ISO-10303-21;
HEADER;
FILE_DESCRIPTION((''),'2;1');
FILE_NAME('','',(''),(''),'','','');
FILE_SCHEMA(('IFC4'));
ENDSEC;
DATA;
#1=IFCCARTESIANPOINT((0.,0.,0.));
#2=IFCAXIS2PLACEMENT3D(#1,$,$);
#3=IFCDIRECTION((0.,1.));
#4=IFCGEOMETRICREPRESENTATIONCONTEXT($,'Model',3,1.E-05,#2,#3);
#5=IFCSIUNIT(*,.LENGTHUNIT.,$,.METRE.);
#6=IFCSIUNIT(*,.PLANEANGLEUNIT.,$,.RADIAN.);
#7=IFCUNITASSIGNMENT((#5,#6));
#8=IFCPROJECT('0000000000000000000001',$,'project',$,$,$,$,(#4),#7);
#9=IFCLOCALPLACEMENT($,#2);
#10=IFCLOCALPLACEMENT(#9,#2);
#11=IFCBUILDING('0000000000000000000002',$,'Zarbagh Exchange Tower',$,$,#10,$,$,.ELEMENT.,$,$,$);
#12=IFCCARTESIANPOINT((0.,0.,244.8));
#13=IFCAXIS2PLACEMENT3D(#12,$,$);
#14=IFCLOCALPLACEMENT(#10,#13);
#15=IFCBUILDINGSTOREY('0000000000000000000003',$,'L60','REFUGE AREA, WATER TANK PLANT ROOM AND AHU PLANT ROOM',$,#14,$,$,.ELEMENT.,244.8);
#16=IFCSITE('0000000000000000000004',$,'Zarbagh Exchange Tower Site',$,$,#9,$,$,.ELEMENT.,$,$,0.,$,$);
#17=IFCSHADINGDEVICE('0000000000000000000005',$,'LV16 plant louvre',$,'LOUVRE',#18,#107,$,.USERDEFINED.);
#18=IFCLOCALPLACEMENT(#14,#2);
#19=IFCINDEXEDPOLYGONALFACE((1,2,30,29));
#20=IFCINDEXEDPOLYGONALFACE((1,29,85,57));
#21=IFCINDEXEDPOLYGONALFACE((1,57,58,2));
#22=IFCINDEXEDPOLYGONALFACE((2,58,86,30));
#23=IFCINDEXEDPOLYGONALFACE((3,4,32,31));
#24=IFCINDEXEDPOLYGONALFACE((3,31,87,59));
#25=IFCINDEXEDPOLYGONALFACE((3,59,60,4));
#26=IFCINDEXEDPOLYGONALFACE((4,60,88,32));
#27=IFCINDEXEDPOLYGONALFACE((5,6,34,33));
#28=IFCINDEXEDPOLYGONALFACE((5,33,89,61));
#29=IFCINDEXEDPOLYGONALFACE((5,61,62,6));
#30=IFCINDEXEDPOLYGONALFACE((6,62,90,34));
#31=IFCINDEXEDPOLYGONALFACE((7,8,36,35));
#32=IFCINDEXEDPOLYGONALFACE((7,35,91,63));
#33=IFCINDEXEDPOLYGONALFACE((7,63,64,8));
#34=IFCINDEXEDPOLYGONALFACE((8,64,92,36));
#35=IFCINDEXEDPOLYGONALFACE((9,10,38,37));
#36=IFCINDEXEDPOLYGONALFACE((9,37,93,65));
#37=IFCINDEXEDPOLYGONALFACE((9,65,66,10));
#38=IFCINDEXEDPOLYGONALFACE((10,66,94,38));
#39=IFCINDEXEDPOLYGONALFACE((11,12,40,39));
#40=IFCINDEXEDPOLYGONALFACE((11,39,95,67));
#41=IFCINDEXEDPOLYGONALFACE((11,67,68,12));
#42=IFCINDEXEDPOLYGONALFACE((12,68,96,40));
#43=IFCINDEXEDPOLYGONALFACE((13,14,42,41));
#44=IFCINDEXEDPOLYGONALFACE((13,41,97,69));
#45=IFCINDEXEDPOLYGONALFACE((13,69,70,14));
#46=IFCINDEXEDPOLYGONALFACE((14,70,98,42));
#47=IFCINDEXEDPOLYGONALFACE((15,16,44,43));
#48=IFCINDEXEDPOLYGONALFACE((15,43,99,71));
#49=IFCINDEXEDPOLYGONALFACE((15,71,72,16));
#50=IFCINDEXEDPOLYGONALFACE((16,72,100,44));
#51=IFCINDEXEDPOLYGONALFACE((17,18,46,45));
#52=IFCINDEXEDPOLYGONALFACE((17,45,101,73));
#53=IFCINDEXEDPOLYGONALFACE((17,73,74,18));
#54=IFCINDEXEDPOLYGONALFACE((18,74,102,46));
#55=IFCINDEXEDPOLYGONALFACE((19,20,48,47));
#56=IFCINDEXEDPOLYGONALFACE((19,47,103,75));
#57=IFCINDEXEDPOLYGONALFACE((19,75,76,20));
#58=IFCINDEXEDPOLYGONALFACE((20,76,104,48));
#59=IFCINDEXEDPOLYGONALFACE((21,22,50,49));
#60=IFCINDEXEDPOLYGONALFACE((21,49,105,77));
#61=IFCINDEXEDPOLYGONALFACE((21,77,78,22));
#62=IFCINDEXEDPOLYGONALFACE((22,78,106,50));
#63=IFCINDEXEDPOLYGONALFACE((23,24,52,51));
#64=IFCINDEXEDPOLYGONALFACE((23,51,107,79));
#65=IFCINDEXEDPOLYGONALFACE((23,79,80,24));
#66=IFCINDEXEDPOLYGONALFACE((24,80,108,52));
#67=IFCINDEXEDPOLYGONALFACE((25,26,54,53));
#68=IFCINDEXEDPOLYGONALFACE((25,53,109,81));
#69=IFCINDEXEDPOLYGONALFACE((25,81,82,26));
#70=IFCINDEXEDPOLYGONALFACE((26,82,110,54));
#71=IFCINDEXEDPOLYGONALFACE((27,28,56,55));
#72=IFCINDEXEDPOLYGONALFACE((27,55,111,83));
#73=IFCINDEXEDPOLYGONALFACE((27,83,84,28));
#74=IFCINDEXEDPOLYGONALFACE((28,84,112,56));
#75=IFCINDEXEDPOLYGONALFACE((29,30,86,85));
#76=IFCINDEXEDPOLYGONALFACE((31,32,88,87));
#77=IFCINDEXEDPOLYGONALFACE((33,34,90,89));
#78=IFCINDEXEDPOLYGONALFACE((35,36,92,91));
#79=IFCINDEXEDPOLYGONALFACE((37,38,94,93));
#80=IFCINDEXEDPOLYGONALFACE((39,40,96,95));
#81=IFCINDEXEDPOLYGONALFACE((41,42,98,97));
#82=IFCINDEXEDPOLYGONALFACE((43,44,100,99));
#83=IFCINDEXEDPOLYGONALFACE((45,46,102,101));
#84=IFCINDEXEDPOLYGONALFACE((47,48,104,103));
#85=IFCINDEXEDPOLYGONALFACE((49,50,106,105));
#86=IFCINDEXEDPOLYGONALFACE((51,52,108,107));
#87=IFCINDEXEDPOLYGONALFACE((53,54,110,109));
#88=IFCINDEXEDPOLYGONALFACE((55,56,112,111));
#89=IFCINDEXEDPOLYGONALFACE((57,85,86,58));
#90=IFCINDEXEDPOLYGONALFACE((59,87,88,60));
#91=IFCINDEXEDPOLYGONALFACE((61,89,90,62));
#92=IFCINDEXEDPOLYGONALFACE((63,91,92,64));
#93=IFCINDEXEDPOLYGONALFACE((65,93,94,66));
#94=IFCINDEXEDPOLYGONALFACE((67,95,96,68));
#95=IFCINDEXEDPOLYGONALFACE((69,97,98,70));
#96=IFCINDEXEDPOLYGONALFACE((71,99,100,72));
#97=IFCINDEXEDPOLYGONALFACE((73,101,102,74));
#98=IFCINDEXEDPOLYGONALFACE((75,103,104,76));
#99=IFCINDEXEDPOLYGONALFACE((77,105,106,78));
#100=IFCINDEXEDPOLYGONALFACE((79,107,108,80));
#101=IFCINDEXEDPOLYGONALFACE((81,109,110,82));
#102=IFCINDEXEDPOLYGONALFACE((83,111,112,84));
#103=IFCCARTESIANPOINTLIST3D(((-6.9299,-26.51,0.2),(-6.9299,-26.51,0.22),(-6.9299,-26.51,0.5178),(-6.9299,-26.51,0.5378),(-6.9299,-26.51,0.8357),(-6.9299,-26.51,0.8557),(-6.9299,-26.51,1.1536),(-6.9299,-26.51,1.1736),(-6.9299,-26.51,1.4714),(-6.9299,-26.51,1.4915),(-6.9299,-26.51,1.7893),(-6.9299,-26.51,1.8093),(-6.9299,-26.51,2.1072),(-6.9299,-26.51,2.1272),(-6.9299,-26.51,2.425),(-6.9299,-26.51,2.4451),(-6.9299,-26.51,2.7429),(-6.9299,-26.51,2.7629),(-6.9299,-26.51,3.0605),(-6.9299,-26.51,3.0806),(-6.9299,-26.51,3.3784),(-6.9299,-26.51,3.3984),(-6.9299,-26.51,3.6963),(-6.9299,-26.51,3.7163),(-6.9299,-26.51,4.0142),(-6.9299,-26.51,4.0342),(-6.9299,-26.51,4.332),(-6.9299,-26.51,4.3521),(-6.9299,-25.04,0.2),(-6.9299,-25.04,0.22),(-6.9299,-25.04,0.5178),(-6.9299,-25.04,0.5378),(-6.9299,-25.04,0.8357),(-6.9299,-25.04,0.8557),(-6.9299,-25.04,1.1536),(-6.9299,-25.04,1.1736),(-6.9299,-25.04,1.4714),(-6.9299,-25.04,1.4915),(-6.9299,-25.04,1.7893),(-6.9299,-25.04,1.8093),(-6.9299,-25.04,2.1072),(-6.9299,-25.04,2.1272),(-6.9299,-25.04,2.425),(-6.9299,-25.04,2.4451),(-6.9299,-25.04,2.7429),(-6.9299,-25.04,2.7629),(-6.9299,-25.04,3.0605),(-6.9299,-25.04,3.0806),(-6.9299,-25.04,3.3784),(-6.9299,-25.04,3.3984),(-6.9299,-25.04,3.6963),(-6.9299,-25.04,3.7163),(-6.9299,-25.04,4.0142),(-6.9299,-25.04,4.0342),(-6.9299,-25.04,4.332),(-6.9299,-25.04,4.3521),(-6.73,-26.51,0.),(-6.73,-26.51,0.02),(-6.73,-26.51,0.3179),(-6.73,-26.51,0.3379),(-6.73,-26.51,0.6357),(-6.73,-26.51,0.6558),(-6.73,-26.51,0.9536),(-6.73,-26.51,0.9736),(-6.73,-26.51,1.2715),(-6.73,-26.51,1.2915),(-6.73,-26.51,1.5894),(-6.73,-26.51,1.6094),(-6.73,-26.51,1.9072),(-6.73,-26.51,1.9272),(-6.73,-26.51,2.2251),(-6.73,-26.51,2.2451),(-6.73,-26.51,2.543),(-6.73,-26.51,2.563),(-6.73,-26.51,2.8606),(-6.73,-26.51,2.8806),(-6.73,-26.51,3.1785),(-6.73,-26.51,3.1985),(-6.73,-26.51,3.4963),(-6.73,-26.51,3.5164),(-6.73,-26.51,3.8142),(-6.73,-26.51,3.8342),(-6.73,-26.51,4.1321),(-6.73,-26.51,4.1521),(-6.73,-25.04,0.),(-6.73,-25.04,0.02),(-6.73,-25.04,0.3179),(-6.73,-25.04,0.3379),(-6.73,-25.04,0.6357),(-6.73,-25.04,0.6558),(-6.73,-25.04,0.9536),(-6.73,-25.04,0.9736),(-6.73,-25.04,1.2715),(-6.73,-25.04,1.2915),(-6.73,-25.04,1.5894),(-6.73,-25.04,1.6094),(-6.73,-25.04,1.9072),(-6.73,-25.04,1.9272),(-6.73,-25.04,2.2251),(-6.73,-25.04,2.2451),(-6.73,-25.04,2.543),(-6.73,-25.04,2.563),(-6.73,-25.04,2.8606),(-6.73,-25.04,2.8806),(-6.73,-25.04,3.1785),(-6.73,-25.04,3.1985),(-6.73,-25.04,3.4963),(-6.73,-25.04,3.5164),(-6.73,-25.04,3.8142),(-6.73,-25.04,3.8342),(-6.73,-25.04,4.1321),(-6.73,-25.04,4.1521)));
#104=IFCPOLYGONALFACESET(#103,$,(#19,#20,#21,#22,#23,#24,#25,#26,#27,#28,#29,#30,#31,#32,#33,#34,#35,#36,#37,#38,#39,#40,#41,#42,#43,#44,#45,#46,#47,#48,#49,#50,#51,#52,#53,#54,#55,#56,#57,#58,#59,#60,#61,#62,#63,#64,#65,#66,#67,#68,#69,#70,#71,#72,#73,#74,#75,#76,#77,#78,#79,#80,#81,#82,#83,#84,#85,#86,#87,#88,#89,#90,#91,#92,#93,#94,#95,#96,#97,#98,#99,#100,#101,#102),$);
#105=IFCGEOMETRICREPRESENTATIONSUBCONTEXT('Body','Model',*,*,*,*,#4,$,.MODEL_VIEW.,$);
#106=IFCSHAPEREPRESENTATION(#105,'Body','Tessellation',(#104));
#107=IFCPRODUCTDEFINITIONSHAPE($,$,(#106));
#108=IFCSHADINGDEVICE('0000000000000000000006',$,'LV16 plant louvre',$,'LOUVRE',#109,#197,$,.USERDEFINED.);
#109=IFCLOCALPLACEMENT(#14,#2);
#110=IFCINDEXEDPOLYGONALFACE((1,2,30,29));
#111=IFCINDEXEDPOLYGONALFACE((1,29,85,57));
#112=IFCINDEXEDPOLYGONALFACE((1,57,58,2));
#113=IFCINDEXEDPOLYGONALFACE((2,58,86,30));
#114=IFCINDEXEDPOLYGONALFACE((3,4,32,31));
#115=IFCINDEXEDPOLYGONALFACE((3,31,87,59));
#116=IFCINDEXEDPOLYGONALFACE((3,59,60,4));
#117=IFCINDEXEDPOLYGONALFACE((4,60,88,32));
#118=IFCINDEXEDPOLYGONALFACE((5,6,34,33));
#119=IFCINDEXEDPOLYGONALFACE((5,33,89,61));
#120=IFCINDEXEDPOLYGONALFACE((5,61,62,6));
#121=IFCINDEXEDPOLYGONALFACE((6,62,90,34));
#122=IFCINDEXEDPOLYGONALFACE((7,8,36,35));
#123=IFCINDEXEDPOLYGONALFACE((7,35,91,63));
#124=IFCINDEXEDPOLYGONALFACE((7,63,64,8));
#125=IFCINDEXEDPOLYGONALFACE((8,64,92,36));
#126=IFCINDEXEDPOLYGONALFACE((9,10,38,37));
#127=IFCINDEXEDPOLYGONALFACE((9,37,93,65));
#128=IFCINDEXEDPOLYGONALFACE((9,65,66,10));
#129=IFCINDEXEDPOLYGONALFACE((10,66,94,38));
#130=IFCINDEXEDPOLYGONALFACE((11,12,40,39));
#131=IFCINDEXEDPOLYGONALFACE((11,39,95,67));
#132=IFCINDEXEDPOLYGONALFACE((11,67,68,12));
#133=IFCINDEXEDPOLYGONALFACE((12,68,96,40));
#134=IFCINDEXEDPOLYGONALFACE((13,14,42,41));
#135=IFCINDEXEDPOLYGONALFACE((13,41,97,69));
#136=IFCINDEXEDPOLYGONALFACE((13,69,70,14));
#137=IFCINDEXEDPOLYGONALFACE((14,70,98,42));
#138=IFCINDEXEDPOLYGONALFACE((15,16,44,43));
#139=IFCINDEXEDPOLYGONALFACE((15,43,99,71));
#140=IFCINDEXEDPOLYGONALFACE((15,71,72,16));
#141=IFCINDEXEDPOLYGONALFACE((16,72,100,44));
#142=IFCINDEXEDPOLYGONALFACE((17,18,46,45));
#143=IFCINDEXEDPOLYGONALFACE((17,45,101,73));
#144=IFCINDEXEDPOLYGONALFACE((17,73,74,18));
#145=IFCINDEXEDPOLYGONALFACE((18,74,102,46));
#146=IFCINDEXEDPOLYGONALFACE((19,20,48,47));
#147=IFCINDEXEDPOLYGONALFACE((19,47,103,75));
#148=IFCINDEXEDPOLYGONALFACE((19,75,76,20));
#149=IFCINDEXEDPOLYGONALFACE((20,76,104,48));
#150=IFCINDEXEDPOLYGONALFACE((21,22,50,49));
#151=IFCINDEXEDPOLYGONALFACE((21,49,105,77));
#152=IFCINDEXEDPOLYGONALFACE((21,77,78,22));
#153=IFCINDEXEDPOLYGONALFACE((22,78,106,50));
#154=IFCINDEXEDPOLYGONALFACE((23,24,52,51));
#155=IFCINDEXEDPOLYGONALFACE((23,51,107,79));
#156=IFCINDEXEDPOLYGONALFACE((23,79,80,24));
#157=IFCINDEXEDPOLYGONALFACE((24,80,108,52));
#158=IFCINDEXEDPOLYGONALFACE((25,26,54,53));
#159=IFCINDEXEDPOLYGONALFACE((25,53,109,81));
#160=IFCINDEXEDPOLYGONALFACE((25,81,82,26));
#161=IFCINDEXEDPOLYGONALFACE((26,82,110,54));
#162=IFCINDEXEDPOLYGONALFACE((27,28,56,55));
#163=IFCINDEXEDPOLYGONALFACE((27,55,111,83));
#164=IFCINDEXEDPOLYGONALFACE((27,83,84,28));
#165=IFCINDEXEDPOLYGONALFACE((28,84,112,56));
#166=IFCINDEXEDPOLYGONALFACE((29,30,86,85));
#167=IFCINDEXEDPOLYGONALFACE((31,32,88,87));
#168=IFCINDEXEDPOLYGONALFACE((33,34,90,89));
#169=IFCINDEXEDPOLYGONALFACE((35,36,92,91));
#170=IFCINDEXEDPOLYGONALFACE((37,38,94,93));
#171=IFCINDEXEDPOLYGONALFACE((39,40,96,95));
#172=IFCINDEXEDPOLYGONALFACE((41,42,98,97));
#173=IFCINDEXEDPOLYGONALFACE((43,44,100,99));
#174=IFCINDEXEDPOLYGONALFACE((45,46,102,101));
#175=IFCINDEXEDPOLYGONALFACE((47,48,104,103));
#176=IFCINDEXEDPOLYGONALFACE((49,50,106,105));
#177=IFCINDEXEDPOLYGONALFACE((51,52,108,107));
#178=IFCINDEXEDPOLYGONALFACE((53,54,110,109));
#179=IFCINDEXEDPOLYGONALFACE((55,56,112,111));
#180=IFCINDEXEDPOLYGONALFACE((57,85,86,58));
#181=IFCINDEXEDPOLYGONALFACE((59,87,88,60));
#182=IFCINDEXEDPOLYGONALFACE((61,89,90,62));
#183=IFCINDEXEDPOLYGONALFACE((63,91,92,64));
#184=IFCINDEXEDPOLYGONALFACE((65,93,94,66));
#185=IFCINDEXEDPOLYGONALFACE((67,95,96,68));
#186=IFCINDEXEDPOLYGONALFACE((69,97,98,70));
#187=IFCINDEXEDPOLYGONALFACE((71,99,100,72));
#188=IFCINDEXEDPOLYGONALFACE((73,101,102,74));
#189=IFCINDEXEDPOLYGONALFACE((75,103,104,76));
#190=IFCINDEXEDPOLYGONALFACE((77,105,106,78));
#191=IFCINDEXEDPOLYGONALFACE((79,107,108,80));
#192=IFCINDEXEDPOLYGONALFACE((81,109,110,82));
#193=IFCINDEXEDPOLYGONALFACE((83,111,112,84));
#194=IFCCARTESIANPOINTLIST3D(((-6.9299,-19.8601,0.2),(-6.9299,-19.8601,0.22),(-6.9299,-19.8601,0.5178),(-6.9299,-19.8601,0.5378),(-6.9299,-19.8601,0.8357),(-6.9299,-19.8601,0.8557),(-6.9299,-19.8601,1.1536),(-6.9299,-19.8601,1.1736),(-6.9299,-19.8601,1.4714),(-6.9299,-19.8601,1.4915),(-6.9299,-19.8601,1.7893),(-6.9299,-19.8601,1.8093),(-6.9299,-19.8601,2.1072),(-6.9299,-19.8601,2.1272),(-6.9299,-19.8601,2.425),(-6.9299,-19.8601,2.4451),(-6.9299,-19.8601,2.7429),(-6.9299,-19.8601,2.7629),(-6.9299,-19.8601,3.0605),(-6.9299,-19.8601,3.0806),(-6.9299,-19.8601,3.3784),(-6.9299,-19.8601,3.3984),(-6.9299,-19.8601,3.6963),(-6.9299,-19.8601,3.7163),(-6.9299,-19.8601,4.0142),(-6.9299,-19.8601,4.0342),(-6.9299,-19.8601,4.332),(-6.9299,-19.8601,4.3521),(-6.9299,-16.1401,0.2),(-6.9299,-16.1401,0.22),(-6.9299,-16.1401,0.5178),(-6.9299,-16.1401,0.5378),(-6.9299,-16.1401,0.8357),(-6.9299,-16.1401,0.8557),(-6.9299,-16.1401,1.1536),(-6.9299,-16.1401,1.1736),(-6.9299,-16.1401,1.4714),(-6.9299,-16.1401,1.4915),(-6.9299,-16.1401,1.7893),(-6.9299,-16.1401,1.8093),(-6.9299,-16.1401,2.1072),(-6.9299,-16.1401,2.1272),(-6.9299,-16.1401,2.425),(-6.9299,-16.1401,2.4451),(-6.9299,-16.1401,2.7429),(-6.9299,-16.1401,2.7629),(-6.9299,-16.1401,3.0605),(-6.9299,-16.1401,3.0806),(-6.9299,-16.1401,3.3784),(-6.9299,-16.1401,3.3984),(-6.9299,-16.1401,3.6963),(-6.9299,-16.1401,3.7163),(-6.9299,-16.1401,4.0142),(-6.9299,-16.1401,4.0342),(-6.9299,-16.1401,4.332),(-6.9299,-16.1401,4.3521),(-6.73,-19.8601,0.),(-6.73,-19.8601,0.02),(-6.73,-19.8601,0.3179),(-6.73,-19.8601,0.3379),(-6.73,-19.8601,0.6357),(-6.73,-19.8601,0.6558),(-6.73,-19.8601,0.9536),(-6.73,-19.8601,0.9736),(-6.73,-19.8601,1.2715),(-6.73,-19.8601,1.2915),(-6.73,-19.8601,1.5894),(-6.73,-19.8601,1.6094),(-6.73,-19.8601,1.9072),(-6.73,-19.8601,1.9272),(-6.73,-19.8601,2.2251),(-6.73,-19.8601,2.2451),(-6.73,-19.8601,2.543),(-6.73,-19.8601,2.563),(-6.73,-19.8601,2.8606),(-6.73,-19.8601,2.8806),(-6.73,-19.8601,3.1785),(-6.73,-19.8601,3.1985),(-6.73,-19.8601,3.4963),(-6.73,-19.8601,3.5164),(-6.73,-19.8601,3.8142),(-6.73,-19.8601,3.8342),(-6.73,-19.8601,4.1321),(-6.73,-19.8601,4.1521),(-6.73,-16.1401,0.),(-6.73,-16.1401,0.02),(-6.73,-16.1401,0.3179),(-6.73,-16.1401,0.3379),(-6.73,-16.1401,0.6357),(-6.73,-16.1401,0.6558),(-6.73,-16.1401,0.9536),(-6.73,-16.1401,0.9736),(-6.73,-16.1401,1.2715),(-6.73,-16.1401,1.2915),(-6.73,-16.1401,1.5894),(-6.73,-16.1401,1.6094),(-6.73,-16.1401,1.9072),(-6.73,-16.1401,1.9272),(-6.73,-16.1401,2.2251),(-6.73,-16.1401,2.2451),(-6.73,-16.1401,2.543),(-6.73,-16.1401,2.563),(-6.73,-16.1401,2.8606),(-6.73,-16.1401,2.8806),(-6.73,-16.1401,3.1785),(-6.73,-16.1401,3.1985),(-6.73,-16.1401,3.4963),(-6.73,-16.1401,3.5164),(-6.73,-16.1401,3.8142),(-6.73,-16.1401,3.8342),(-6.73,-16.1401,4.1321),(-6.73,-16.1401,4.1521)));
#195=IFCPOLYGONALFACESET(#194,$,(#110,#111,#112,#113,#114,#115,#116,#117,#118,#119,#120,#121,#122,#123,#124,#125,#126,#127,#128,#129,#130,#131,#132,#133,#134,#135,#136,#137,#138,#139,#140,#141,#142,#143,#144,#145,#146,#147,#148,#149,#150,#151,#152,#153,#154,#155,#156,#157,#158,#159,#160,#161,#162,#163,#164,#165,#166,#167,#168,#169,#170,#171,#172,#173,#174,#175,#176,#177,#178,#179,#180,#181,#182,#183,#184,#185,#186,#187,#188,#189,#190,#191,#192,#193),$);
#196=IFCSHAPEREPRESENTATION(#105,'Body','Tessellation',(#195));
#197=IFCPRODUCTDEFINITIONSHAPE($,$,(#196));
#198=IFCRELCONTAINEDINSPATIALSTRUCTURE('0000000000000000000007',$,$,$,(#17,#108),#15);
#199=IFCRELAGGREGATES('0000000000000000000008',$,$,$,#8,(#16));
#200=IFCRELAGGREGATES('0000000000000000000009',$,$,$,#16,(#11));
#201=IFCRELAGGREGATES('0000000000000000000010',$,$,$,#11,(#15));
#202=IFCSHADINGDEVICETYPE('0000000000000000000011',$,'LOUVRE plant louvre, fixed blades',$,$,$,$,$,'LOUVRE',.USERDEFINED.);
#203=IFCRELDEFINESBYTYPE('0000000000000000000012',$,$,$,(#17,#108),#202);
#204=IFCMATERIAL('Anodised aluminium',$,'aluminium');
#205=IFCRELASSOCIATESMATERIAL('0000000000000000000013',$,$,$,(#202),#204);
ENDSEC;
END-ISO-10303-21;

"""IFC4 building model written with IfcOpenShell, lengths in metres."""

from ifc_helpers import new_model, si_unit, direction, frame, origin, place, context, subcontext, project, spatial, polyline, outline, extrude, source, transform, mapped, material, type_object, element, save


model = new_model("IFC4")

# Units and contexts
model_context = context("Model", 3, precision=1e-05, world=origin(), true_north=direction((0.0, 1.0)))
body_context = subcontext(model_context, "Body", "Model", "MODEL_VIEW")
ifc_project = project(units=[si_unit("LENGTHUNIT", "METRE"), si_unit("PLANEANGLEUNIT", "RADIAN")], contexts=[model_context])

# Site, building, storey
site_placement = place(None, origin())
site = spatial("IfcSite", under=ifc_project, at=site_placement, Name="Zarbagh Exchange Tower Site", CompositionType="ELEMENT", RefElevation=0.0)
building_placement = place(site_placement, origin())
building = spatial("IfcBuilding", under=site, at=building_placement, Name="Zarbagh Exchange Tower", CompositionType="ELEMENT")
storey_placement = place(building_placement, frame((0.0, 0.0, 244.8)))
storey = spatial("IfcBuildingStorey", under=building, at=storey_placement, Name="L60", Description="REFUGE AREA, WATER TANK PLANT ROOM AND AHU PLANT ROOM", CompositionType="ELEMENT", Elevation=244.8)

# Shared definitions
placement = place(storey_placement, origin())

# Shared definitions
ifc_material_1 = material(Name="Anodised aluminium", Category="aluminium")
shading_device_type = type_object("IfcShadingDeviceType", Name="LOUVRE plant louvre, fixed blades", ElementType="LOUVRE", PredefinedType="USERDEFINED", material=ifc_material_1)

# Shading devices
shared_shape_1 = source(origin(), body_context, "Body", "SweptSolid", [
    extrude(outline(polyline([(0.0, 0.2), (0.2, 0.0), (0.2, -0.02), (0.0, 0.1799), (0.0, 0.2)])), origin(), (0.0, 0.0, 1.0), 1.47),
])
element("IfcShadingDevice", 1, at=placement, inside=storey, type_object=shading_device_type, Name="LV16 plant louvre", ObjectType="LOUVRE", PredefinedType="USERDEFINED", context=body_context, shape_type="MappedRepresentation", body=[
    mapped(shared_shape_1, transform((-6.73, -25.04, 0.2), x_axis=(-1.0, 0.0, 0.0), y_axis=(0.0, 0.0, -1.0), z_axis=(0.0, -1.0, 0.0))),
    mapped(shared_shape_1, transform((-6.73, -25.04, 0.5178), x_axis=(-1.0, 0.0, 0.0), y_axis=(0.0, 0.0, -1.0), z_axis=(0.0, -1.0, 0.0))),
    mapped(shared_shape_1, transform((-6.73, -25.04, 0.8357), x_axis=(-1.0, 0.0, 0.0), y_axis=(0.0, 0.0, -1.0), z_axis=(0.0, -1.0, 0.0))),
    mapped(shared_shape_1, transform((-6.73, -25.04, 1.1536), x_axis=(-1.0, 0.0, 0.0), y_axis=(0.0, 0.0, -1.0), z_axis=(0.0, -1.0, 0.0))),
    mapped(shared_shape_1, transform((-6.73, -25.04, 1.4714), x_axis=(-1.0, 0.0, 0.0), y_axis=(0.0, 0.0, -1.0), z_axis=(0.0, -1.0, 0.0))),
    mapped(shared_shape_1, transform((-6.73, -25.04, 1.7893), x_axis=(-1.0, 0.0, 0.0), y_axis=(0.0, 0.0, -1.0), z_axis=(0.0, -1.0, 0.0))),
    mapped(shared_shape_1, transform((-6.73, -25.04, 2.1072), x_axis=(-1.0, 0.0, 0.0), y_axis=(0.0, 0.0, -1.0), z_axis=(0.0, -1.0, 0.0))),
    mapped(shared_shape_1, transform((-6.73, -25.04, 2.425), x_axis=(-1.0, 0.0, 0.0), y_axis=(0.0, 0.0, -1.0), z_axis=(0.0, -1.0, 0.0))),
    mapped(shared_shape_1, transform((-6.73, -25.04, 2.7429), x_axis=(-1.0, 0.0, 0.0), y_axis=(0.0, 0.0, -1.0), z_axis=(0.0, -1.0, 0.0))),
    mapped(shared_shape_1, transform((-6.73, -25.04, 3.0605), x_axis=(-1.0, 0.0, 0.0), y_axis=(0.0, 0.0, -1.0), z_axis=(0.0, -1.0, 0.0))),
    mapped(shared_shape_1, transform((-6.73, -25.04, 3.3784), x_axis=(-1.0, 0.0, 0.0), y_axis=(0.0, 0.0, -1.0), z_axis=(0.0, -1.0, 0.0))),
    mapped(shared_shape_1, transform((-6.73, -25.04, 3.6963), x_axis=(-1.0, 0.0, 0.0), y_axis=(0.0, 0.0, -1.0), z_axis=(0.0, -1.0, 0.0))),
    mapped(shared_shape_1, transform((-6.73, -25.04, 4.0142), x_axis=(-1.0, 0.0, 0.0), y_axis=(0.0, 0.0, -1.0), z_axis=(0.0, -1.0, 0.0))),
    mapped(shared_shape_1, transform((-6.73, -25.04, 4.332), x_axis=(-1.0, 0.0, 0.0), y_axis=(0.0, 0.0, -1.0), z_axis=(0.0, -1.0, 0.0))),
])
shared_shape_2 = source(origin(), body_context, "Body", "SweptSolid", [
    extrude(outline(polyline([(0.0, 0.2), (0.2, 0.0), (0.2, -0.02), (0.0, 0.1799), (0.0, 0.2)])), origin(), (0.0, 0.0, 1.0), 3.72),
])
element("IfcShadingDevice", 2, at=placement, inside=storey, type_object=shading_device_type, Name="LV16 plant louvre", ObjectType="LOUVRE", PredefinedType="USERDEFINED", context=body_context, shape_type="MappedRepresentation", body=[
    mapped(shared_shape_2, transform((-6.73, -16.1401, 0.2), x_axis=(-1.0, 0.0, 0.0), y_axis=(0.0, 0.0, -1.0), z_axis=(0.0, -1.0, 0.0))),
    mapped(shared_shape_2, transform((-6.73, -16.1401, 0.5178), x_axis=(-1.0, 0.0, 0.0), y_axis=(0.0, 0.0, -1.0), z_axis=(0.0, -1.0, 0.0))),
    mapped(shared_shape_2, transform((-6.73, -16.1401, 0.8357), x_axis=(-1.0, 0.0, 0.0), y_axis=(0.0, 0.0, -1.0), z_axis=(0.0, -1.0, 0.0))),
    mapped(shared_shape_2, transform((-6.73, -16.1401, 1.1536), x_axis=(-1.0, 0.0, 0.0), y_axis=(0.0, 0.0, -1.0), z_axis=(0.0, -1.0, 0.0))),
    mapped(shared_shape_2, transform((-6.73, -16.1401, 1.4714), x_axis=(-1.0, 0.0, 0.0), y_axis=(0.0, 0.0, -1.0), z_axis=(0.0, -1.0, 0.0))),
    mapped(shared_shape_2, transform((-6.73, -16.1401, 1.7893), x_axis=(-1.0, 0.0, 0.0), y_axis=(0.0, 0.0, -1.0), z_axis=(0.0, -1.0, 0.0))),
    mapped(shared_shape_2, transform((-6.73, -16.1401, 2.1072), x_axis=(-1.0, 0.0, 0.0), y_axis=(0.0, 0.0, -1.0), z_axis=(0.0, -1.0, 0.0))),
    mapped(shared_shape_2, transform((-6.73, -16.1401, 2.425), x_axis=(-1.0, 0.0, 0.0), y_axis=(0.0, 0.0, -1.0), z_axis=(0.0, -1.0, 0.0))),
    mapped(shared_shape_2, transform((-6.73, -16.1401, 2.7429), x_axis=(-1.0, 0.0, 0.0), y_axis=(0.0, 0.0, -1.0), z_axis=(0.0, -1.0, 0.0))),
    mapped(shared_shape_2, transform((-6.73, -16.1401, 3.0605), x_axis=(-1.0, 0.0, 0.0), y_axis=(0.0, 0.0, -1.0), z_axis=(0.0, -1.0, 0.0))),
    mapped(shared_shape_2, transform((-6.73, -16.1401, 3.3784), x_axis=(-1.0, 0.0, 0.0), y_axis=(0.0, 0.0, -1.0), z_axis=(0.0, -1.0, 0.0))),
    mapped(shared_shape_2, transform((-6.73, -16.1401, 3.6963), x_axis=(-1.0, 0.0, 0.0), y_axis=(0.0, 0.0, -1.0), z_axis=(0.0, -1.0, 0.0))),
    mapped(shared_shape_2, transform((-6.73, -16.1401, 4.0142), x_axis=(-1.0, 0.0, 0.0), y_axis=(0.0, 0.0, -1.0), z_axis=(0.0, -1.0, 0.0))),
    mapped(shared_shape_2, transform((-6.73, -16.1401, 4.332), x_axis=(-1.0, 0.0, 0.0), y_axis=(0.0, 0.0, -1.0), z_axis=(0.0, -1.0, 0.0))),
])

save(model, "model.ifc")
